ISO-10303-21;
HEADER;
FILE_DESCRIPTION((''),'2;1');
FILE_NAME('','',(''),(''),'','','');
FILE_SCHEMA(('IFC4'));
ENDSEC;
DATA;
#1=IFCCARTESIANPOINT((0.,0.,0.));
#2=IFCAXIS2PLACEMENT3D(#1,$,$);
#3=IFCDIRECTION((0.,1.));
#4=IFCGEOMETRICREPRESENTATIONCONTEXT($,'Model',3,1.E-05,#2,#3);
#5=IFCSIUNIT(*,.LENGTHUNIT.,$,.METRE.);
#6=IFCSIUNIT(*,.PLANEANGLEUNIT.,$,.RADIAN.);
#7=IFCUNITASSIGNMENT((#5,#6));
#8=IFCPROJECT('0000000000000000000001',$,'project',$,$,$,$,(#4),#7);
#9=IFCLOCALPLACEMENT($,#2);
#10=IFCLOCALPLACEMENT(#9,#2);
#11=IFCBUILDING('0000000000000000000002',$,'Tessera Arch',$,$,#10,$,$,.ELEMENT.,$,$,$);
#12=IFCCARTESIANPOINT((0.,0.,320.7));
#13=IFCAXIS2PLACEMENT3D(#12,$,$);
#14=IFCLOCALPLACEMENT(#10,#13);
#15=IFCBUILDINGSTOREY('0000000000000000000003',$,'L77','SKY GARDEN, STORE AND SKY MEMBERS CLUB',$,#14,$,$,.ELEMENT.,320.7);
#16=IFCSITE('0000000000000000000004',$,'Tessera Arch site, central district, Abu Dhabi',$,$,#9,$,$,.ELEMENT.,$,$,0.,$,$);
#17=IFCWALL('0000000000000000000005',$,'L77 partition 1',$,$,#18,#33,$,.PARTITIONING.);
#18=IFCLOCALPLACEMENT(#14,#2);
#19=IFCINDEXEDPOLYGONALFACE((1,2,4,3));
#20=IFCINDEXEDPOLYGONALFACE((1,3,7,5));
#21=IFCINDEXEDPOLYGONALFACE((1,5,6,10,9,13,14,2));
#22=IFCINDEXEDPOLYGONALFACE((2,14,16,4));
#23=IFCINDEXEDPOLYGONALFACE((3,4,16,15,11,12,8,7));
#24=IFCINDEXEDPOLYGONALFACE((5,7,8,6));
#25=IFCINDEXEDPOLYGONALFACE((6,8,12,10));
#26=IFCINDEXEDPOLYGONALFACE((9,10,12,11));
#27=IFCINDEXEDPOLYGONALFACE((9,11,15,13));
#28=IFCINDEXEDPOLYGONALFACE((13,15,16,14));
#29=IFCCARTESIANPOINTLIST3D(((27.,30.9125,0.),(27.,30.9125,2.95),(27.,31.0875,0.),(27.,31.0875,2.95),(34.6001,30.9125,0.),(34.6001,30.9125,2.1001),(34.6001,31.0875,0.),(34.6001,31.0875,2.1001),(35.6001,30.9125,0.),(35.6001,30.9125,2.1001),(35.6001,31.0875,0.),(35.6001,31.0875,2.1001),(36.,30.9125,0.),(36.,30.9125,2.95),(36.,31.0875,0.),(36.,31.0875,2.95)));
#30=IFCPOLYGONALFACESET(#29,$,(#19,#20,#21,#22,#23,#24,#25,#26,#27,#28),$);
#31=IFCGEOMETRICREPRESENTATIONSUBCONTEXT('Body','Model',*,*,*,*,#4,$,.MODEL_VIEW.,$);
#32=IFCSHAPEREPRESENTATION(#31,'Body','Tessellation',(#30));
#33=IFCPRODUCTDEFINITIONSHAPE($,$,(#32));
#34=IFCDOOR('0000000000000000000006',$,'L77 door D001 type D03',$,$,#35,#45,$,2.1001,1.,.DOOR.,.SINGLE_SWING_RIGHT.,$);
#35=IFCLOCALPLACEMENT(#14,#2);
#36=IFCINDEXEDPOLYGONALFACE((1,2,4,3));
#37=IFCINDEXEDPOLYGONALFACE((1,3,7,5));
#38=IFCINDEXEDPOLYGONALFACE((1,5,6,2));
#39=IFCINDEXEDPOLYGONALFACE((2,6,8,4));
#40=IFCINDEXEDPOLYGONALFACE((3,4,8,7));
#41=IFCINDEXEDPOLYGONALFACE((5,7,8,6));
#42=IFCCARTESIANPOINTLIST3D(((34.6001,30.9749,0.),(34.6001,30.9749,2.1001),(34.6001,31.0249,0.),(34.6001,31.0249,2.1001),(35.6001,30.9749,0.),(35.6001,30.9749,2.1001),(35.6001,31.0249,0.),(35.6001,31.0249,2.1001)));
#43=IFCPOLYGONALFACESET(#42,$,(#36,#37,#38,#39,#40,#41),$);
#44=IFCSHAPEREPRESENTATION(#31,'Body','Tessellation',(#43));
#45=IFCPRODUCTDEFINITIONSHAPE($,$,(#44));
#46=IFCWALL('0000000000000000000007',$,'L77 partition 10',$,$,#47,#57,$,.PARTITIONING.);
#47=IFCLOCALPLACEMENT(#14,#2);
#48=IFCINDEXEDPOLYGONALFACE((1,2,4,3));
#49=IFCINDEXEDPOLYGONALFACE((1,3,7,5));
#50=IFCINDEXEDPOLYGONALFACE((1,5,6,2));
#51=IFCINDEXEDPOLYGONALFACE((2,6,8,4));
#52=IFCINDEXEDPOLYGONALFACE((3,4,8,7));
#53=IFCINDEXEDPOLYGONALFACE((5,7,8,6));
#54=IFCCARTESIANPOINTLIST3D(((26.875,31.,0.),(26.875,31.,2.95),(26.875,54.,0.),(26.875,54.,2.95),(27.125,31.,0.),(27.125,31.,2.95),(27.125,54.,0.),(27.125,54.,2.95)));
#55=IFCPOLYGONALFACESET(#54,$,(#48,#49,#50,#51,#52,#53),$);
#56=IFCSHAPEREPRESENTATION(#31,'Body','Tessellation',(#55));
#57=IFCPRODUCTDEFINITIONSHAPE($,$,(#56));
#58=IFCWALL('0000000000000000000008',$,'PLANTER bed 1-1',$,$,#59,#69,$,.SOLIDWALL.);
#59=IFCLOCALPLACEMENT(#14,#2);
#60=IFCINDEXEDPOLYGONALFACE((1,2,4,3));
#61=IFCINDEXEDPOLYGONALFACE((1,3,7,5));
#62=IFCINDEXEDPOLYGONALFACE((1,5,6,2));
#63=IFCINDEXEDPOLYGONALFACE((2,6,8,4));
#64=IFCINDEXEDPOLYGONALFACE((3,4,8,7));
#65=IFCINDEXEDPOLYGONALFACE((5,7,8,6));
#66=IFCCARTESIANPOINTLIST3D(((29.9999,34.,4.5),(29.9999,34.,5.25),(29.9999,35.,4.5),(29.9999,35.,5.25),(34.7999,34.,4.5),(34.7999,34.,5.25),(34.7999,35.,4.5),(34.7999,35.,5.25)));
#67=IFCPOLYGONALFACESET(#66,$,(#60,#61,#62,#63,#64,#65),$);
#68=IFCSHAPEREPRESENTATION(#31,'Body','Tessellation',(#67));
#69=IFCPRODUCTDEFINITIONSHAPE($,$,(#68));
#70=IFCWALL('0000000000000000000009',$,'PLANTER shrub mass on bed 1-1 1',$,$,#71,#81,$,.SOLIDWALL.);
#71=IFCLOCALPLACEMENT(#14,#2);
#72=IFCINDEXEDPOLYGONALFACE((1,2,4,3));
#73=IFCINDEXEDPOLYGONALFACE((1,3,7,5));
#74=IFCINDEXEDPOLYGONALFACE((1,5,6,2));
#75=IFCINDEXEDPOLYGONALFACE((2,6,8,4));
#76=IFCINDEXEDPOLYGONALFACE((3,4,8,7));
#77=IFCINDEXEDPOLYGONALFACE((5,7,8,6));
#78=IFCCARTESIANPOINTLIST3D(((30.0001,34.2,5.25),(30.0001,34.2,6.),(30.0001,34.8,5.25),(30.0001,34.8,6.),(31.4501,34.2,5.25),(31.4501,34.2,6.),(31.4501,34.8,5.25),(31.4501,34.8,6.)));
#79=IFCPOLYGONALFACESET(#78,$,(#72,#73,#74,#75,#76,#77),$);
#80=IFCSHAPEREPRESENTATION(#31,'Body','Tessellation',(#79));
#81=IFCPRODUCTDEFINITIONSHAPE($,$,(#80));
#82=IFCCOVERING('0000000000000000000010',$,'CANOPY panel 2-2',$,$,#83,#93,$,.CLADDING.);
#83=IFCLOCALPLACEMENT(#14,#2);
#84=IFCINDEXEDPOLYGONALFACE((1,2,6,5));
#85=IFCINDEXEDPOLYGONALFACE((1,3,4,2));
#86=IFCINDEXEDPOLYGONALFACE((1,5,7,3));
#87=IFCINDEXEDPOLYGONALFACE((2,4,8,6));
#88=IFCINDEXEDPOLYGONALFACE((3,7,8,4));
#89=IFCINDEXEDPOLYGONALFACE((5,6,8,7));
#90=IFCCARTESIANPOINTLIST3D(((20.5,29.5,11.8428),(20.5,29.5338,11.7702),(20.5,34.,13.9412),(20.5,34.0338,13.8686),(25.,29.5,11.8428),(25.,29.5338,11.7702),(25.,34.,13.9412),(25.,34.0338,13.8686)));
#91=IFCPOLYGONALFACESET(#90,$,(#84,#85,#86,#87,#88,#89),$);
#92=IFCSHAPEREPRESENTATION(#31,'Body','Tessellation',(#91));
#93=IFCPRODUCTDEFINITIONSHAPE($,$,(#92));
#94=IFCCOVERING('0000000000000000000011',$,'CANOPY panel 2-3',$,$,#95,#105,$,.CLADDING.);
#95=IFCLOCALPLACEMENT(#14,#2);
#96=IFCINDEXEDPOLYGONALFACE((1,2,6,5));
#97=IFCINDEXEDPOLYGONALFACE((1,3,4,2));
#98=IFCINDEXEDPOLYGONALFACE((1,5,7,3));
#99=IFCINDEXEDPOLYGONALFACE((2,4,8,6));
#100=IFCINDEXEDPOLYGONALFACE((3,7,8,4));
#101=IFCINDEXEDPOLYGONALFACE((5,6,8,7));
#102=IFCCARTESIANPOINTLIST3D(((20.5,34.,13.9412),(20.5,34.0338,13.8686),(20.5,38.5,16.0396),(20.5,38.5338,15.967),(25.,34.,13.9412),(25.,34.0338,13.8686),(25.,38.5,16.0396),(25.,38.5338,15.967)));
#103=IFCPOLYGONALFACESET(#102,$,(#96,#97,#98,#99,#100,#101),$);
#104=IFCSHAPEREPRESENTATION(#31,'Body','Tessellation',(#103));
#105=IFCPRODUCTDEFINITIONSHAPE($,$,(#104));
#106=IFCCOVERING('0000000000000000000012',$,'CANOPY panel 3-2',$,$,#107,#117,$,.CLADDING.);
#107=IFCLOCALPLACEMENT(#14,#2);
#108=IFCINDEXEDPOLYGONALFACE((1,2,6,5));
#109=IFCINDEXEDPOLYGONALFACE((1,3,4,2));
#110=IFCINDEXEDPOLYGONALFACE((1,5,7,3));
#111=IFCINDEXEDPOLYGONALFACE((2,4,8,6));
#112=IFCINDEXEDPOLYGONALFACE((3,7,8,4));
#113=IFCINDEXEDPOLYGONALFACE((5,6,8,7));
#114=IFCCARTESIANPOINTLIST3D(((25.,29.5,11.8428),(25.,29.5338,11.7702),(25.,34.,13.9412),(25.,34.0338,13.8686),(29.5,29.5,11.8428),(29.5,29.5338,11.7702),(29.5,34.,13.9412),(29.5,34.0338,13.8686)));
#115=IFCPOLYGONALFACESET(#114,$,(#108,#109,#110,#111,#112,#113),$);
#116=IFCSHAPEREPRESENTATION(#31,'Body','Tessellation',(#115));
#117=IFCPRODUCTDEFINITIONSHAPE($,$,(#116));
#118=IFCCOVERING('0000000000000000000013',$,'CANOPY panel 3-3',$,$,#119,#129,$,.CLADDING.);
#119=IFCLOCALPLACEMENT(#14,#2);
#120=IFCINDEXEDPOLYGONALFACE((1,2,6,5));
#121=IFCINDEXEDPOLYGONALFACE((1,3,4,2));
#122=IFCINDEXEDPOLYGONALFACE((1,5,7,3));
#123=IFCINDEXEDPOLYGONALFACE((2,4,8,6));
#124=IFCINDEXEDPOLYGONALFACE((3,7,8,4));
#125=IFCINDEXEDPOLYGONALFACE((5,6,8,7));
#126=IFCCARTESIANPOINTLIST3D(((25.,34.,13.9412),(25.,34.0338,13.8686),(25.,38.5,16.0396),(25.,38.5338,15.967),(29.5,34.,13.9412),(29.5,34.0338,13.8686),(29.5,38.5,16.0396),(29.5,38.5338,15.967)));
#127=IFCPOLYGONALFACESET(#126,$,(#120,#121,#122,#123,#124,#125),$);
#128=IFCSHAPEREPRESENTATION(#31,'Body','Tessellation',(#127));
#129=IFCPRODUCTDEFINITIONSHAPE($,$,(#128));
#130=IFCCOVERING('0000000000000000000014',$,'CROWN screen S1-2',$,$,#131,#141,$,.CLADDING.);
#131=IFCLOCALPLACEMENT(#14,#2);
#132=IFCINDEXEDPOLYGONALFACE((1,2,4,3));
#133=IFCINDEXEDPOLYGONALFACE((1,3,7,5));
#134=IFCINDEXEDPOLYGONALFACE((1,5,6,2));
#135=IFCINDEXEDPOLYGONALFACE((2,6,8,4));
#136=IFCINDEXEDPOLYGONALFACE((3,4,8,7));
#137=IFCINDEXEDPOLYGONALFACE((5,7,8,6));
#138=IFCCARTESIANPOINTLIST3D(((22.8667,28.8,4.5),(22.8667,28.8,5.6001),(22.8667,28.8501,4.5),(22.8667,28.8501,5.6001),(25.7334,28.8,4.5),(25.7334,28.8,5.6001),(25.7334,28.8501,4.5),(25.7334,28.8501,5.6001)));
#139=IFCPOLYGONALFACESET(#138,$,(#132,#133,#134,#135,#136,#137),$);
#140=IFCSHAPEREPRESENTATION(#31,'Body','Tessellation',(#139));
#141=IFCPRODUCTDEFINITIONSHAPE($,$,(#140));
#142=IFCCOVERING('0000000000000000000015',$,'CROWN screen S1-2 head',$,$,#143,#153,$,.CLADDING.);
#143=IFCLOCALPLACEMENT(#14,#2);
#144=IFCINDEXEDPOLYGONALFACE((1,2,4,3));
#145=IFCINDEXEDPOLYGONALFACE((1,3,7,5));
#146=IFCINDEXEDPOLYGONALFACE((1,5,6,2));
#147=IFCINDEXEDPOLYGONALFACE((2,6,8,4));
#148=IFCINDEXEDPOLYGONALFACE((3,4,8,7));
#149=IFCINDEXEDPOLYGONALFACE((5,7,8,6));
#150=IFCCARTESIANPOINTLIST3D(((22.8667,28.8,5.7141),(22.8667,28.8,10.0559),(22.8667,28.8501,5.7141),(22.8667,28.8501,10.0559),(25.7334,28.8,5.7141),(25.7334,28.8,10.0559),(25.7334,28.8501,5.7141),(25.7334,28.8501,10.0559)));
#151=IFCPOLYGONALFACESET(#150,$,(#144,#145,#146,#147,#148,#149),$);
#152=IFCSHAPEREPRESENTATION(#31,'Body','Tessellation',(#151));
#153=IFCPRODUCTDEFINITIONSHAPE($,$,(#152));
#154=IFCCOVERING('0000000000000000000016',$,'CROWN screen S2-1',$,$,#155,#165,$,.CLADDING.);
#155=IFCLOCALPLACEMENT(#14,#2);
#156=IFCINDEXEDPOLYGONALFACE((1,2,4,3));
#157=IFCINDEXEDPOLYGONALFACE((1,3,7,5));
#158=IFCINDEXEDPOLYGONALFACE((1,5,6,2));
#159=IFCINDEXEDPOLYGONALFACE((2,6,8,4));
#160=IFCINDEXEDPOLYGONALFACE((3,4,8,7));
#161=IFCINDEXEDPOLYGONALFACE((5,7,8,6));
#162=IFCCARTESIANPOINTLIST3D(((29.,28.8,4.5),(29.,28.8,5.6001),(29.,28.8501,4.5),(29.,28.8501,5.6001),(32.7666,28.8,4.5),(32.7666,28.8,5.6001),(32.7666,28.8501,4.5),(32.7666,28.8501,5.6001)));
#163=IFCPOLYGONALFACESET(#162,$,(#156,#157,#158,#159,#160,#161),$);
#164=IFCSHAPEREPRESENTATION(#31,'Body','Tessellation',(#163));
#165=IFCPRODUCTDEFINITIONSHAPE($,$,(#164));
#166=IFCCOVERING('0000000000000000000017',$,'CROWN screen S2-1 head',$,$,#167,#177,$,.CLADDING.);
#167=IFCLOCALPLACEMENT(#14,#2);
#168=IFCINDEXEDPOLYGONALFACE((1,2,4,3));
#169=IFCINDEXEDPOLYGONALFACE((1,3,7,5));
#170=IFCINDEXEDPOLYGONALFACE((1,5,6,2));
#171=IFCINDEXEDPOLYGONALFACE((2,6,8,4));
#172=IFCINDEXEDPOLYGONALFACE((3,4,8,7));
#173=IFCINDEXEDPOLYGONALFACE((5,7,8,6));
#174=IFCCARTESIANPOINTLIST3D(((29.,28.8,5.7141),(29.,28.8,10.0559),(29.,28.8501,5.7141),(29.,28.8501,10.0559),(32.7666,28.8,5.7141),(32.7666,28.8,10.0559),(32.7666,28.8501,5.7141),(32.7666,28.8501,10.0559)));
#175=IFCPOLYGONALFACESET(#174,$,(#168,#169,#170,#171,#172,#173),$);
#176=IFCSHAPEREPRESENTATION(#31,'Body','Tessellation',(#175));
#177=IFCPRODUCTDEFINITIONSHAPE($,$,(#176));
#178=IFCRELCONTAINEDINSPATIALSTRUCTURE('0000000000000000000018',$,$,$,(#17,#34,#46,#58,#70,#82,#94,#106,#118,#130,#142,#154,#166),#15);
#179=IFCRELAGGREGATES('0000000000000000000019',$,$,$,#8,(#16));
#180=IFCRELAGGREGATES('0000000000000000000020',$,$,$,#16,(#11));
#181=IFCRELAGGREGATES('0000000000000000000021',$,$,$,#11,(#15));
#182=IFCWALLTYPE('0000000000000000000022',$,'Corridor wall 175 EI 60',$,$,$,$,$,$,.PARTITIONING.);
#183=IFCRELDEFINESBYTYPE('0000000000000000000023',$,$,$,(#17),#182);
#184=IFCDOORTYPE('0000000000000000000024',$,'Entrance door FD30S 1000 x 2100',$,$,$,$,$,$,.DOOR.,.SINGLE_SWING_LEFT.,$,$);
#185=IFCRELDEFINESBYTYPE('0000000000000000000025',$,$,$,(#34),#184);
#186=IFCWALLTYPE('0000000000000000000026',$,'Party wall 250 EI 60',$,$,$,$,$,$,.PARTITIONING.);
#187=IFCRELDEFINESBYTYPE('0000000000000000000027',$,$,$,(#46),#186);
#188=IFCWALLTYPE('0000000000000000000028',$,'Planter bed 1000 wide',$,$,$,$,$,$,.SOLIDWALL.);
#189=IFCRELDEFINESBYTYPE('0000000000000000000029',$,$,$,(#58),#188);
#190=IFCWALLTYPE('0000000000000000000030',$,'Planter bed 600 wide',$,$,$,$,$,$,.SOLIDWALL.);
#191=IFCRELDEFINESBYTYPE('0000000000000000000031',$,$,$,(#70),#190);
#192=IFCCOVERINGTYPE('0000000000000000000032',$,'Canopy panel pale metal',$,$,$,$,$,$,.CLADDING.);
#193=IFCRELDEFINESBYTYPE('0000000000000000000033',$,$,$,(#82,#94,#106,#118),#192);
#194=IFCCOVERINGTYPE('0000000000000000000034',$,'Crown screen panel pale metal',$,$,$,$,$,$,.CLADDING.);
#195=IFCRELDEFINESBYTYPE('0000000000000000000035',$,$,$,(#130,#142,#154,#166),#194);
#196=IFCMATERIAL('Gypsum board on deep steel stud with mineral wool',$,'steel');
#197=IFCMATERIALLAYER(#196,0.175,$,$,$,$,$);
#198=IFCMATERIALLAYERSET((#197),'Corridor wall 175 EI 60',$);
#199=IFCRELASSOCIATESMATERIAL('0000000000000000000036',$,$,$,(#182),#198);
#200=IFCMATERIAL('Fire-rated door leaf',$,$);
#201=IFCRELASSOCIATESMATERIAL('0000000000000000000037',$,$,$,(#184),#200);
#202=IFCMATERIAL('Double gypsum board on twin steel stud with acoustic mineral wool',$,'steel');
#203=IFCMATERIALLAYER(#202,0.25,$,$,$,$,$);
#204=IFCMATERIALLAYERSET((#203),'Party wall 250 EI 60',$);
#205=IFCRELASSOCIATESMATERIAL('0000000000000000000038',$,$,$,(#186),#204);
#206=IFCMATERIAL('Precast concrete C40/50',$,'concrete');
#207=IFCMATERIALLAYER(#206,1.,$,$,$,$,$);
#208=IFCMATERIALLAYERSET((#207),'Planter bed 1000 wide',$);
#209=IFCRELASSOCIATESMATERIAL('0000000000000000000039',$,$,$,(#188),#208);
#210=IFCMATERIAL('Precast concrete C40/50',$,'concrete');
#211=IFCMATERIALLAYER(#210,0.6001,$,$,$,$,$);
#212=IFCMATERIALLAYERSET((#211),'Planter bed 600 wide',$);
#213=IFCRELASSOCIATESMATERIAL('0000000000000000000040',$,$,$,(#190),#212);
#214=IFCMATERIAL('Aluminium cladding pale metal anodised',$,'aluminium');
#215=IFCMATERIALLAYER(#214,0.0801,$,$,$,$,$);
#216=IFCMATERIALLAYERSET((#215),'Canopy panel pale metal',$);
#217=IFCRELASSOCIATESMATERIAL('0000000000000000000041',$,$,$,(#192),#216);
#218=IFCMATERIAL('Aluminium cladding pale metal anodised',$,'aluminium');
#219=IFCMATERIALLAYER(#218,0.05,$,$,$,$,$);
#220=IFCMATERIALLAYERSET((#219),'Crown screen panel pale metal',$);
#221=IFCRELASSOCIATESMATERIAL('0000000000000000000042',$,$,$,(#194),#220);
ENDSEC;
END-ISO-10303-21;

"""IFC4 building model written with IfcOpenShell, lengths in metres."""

from ifc_helpers import new_model, si_unit, direction, frame, frame_2d, origin, place, context, subcontext, project, spatial, polyline, rectangle, outline, extrude, material, layer, layer_set, type_object, element, fill, save


model = new_model("IFC4")

# Units and contexts
model_context = context("Model", 3, precision=1e-05, world=origin(), true_north=direction((0.0, 1.0)))
body_context = subcontext(model_context, "Body", "Model", "MODEL_VIEW")
ifc_project = project(units=[si_unit("LENGTHUNIT", "METRE"), si_unit("PLANEANGLEUNIT", "RADIAN")], contexts=[model_context])

# Site, building, storey
site_placement = place(None, origin())
site = spatial("IfcSite", under=ifc_project, at=site_placement, Name="Tessera Arch site, central district, Abu Dhabi", CompositionType="ELEMENT", RefElevation=0.0)
building_placement = place(site_placement, origin())
building = spatial("IfcBuilding", under=site, at=building_placement, Name="Tessera Arch", CompositionType="ELEMENT")
storey_placement = place(building_placement, frame((0.0, 0.0, 320.7)))
storey = spatial("IfcBuildingStorey", under=building, at=storey_placement, Name="L77", Description="SKY GARDEN, STORE AND SKY MEMBERS CLUB", CompositionType="ELEMENT", Elevation=320.7)

# Wall, opening, door
ifc_material_1 = material(Name="Gypsum board on deep steel stud with mineral wool", Category="steel")
ifc_layer_1 = layer(ifc_material_1, 0.175)
ifc_layer_set_1 = layer_set([ifc_layer_1], Name="Corridor wall 175 EI 60")
wall_type_1 = type_object("IfcWallType", Name="Corridor wall 175 EI 60", PredefinedType="PARTITIONING", material=ifc_layer_set_1)
wall_1_placement = place(storey_placement, frame((27.0, 31.0, 0.0), z_axis=(0.0, 0.0, 1.0), x_axis=(1.0, 0.0, 0.0)))
wall_1 = element("IfcWall", 1, at=wall_1_placement, inside=storey, type_object=wall_type_1, Name="L77 partition 1", PredefinedType="PARTITIONING", context=body_context, shape_type="SweptSolid", body=[
    extrude(rectangle(XDim=9.0, YDim=0.175, at=frame_2d((4.5, 0.0))), origin(), (0.0, 0.0, 1.0), 2.95),
])
opening_placement = place(wall_1_placement, frame((7.6001, 0.0, 0.0)))
opening = element("IfcOpeningElement", 2, at=opening_placement, cuts=wall_1, PredefinedType="OPENING", context=body_context, shape_type="SweptSolid", body=[
    extrude(rectangle(XDim=1.0, YDim=2.1001, at=frame_2d((0.5, 1.05))), frame((0.0, 0.0974, 0.0), z_axis=(0.0, -1.0, 0.0), x_axis=(1.0, 0.0, 0.0)), (0.0, 0.0, 1.0), 0.1951),
])
ifc_material_2 = material(Name="Fire-rated door leaf")
door_type = type_object("IfcDoorType", Name="Entrance door FD30S 1000 x 2100", OperationType="SINGLE_SWING_LEFT", PredefinedType="DOOR", material=ifc_material_2)
door_placement = place(opening_placement, origin())
door = element("IfcDoor", 3, at=door_placement, inside=storey, type_object=door_type, Name="L77 door D001 type D03", OperationType="SINGLE_SWING_RIGHT", OverallHeight=2.1001, OverallWidth=1.0, PredefinedType="DOOR", context=body_context, shape_type="SweptSolid", body=[
    extrude(rectangle(XDim=1.0, YDim=2.1001, at=frame_2d((0.5, 1.05))), frame((0.0, 0.0249, 0.0), z_axis=(0.0, -1.0, 0.0), x_axis=(1.0, 0.0, 0.0)), (0.0, 0.0, 1.0), 0.05),
])
fill(opening, door)

# Walls
ifc_material_3 = material(Name="Double gypsum board on twin steel stud with acoustic mineral wool", Category="steel")
ifc_layer_2 = layer(ifc_material_3, 0.25)
ifc_layer_set_2 = layer_set([ifc_layer_2], Name="Party wall 250 EI 60")
wall_type_2 = type_object("IfcWallType", Name="Party wall 250 EI 60", PredefinedType="PARTITIONING", material=ifc_layer_set_2)
wall_2_placement = place(storey_placement, frame((27.0, 31.0, 0.0), z_axis=(0.0, 0.0, 1.0), x_axis=(0.0, 1.0, 0.0)))
element("IfcWall", 4, at=wall_2_placement, inside=storey, type_object=wall_type_2, Name="L77 partition 10", PredefinedType="PARTITIONING", context=body_context, shape_type="SweptSolid", body=[
    extrude(rectangle(XDim=23.0, YDim=0.25, at=frame_2d((11.5, 0.0))), origin(), (0.0, 0.0, 1.0), 2.95),
])
ifc_material_4 = material(Name="Precast concrete C40/50", Category="concrete")
ifc_layer_3 = layer(ifc_material_4, 1.0)
ifc_layer_set_3 = layer_set([ifc_layer_3], Name="Planter bed 1000 wide")
wall_type_3 = type_object("IfcWallType", Name="Planter bed 1000 wide", PredefinedType="SOLIDWALL", material=ifc_layer_set_3)
wall_3_placement = place(storey_placement, frame((30.0, 34.5, 4.5), z_axis=(0.0, 0.0, 1.0), x_axis=(1.0, 0.0, 0.0)))
element("IfcWall", 5, at=wall_3_placement, inside=storey, type_object=wall_type_3, Name="PLANTER bed 1-1", PredefinedType="SOLIDWALL", context=body_context, shape_type="SweptSolid", body=[
    extrude(rectangle(XDim=4.8, YDim=1.0, at=frame_2d((2.3999, 0.0))), origin(), (0.0, 0.0, 1.0), 0.75),
])
ifc_material_5 = material(Name="Precast concrete C40/50", Category="concrete")
ifc_layer_4 = layer(ifc_material_5, 0.6001)
ifc_layer_set_4 = layer_set([ifc_layer_4], Name="Planter bed 600 wide")
wall_type_4 = type_object("IfcWallType", Name="Planter bed 600 wide", PredefinedType="SOLIDWALL", material=ifc_layer_set_4)
wall_4_placement = place(storey_placement, frame((30.0, 34.5, 5.25), z_axis=(0.0, 0.0, 1.0), x_axis=(1.0, 0.0, 0.0)))
element("IfcWall", 6, at=wall_4_placement, inside=storey, type_object=wall_type_4, Name="PLANTER shrub mass on bed 1-1 1", PredefinedType="SOLIDWALL", context=body_context, shape_type="SweptSolid", body=[
    extrude(rectangle(XDim=1.45, YDim=0.6001, at=frame_2d((0.7251, 0.0))), origin(), (0.0, 0.0, 1.0), 0.75),
])

# Coverings
ifc_material_6 = material(Name="Aluminium cladding pale metal anodised", Category="aluminium")
ifc_layer_5 = layer(ifc_material_6, 0.0801)
ifc_layer_set_5 = layer_set([ifc_layer_5], Name="Canopy panel pale metal")
covering_type_1 = type_object("IfcCoveringType", Name="Canopy panel pale metal", PredefinedType="CLADDING", material=ifc_layer_set_5)
for number, where, z_axis, x_axis, name in (
    (7, (25.0, 29.5, 11.8428), (0.0, -0.422619, 0.906307), (0.0, 0.906307, 0.422619), "CANOPY panel 2-2"),
    (8, (25.0, 34.0, 13.9412), (0.0, -0.422619, 0.906307), (0.0, 0.906307, 0.422619), "CANOPY panel 2-3"),
    (9, (29.5, 29.5, 11.8428), (0.0, -0.422619, 0.906307), (0.0, 0.906307, 0.422619), "CANOPY panel 3-2"),
    (10, (29.5, 34.0, 13.9412), (0.0, -0.422619, 0.906307), (0.0, 0.906307, 0.422619), "CANOPY panel 3-3"),
):
    element("IfcCovering", number, at=place(storey_placement, frame(where, z_axis=z_axis, x_axis=x_axis)), inside=storey, type_object=covering_type_1, Name=name, PredefinedType="CLADDING", context=body_context, shape_type="SweptSolid", body=[
        extrude(outline(polyline([(0.0, 0.0), (4.9652, 0.0), (4.9652, 4.5), (0.0, 4.5), (0.0, 0.0)])), origin(), (0.0, 0.0, -1.0), 0.0801),
    ])
ifc_material_7 = material(Name="Aluminium cladding pale metal anodised", Category="aluminium")
ifc_layer_6 = layer(ifc_material_7, 0.05)
ifc_layer_set_6 = layer_set([ifc_layer_6], Name="Crown screen panel pale metal")
covering_type_2 = type_object("IfcCoveringType", Name="Crown screen panel pale metal", PredefinedType="CLADDING", material=ifc_layer_set_6)
covering_1_placement = place(storey_placement, frame((22.8667, 28.8, 4.5), z_axis=(0.0, -1.0, 0.0), x_axis=(1.0, 0.0, 0.0)))
element("IfcCovering", 11, at=covering_1_placement, inside=storey, type_object=covering_type_2, Name="CROWN screen S1-2", PredefinedType="CLADDING", context=body_context, shape_type="SweptSolid", body=[
    extrude(outline(polyline([(0.0, 0.0), (2.8667, 0.0), (2.8667, 1.1001), (0.0, 1.1001), (0.0, 0.0)])), origin(), (0.0, 0.0, -1.0), 0.05),
])
covering_2_placement = place(storey_placement, frame((22.8667, 28.8, 5.7141), z_axis=(0.0, -1.0, 0.0), x_axis=(1.0, 0.0, 0.0)))
element("IfcCovering", 12, at=covering_2_placement, inside=storey, type_object=covering_type_2, Name="CROWN screen S1-2 head", PredefinedType="CLADDING", context=body_context, shape_type="SweptSolid", body=[
    extrude(outline(polyline([(0.0, 0.0), (2.8667, 0.0), (2.8667, 4.3418), (0.0, 4.3418), (0.0, 0.0)])), origin(), (0.0, 0.0, -1.0), 0.05),
])
covering_3_placement = place(storey_placement, frame((29.0, 28.8, 4.5), z_axis=(0.0, -1.0, 0.0), x_axis=(1.0, 0.0, 0.0)))
element("IfcCovering", 13, at=covering_3_placement, inside=storey, type_object=covering_type_2, Name="CROWN screen S2-1", PredefinedType="CLADDING", context=body_context, shape_type="SweptSolid", body=[
    extrude(outline(polyline([(0.0, 0.0), (3.7666, 0.0), (3.7666, 1.1001), (0.0, 1.1001), (0.0, 0.0)])), origin(), (0.0, 0.0, -1.0), 0.05),
])
covering_4_placement = place(storey_placement, frame((29.0, 28.8, 5.7141), z_axis=(0.0, -1.0, 0.0), x_axis=(1.0, 0.0, 0.0)))
element("IfcCovering", 14, at=covering_4_placement, inside=storey, type_object=covering_type_2, Name="CROWN screen S2-1 head", PredefinedType="CLADDING", context=body_context, shape_type="SweptSolid", body=[
    extrude(outline(polyline([(0.0, 0.0), (3.7666, 0.0), (3.7666, 4.3418), (0.0, 4.3418), (0.0, 0.0)])), origin(), (0.0, 0.0, -1.0), 0.05),
])

save(model, "model.ifc")
